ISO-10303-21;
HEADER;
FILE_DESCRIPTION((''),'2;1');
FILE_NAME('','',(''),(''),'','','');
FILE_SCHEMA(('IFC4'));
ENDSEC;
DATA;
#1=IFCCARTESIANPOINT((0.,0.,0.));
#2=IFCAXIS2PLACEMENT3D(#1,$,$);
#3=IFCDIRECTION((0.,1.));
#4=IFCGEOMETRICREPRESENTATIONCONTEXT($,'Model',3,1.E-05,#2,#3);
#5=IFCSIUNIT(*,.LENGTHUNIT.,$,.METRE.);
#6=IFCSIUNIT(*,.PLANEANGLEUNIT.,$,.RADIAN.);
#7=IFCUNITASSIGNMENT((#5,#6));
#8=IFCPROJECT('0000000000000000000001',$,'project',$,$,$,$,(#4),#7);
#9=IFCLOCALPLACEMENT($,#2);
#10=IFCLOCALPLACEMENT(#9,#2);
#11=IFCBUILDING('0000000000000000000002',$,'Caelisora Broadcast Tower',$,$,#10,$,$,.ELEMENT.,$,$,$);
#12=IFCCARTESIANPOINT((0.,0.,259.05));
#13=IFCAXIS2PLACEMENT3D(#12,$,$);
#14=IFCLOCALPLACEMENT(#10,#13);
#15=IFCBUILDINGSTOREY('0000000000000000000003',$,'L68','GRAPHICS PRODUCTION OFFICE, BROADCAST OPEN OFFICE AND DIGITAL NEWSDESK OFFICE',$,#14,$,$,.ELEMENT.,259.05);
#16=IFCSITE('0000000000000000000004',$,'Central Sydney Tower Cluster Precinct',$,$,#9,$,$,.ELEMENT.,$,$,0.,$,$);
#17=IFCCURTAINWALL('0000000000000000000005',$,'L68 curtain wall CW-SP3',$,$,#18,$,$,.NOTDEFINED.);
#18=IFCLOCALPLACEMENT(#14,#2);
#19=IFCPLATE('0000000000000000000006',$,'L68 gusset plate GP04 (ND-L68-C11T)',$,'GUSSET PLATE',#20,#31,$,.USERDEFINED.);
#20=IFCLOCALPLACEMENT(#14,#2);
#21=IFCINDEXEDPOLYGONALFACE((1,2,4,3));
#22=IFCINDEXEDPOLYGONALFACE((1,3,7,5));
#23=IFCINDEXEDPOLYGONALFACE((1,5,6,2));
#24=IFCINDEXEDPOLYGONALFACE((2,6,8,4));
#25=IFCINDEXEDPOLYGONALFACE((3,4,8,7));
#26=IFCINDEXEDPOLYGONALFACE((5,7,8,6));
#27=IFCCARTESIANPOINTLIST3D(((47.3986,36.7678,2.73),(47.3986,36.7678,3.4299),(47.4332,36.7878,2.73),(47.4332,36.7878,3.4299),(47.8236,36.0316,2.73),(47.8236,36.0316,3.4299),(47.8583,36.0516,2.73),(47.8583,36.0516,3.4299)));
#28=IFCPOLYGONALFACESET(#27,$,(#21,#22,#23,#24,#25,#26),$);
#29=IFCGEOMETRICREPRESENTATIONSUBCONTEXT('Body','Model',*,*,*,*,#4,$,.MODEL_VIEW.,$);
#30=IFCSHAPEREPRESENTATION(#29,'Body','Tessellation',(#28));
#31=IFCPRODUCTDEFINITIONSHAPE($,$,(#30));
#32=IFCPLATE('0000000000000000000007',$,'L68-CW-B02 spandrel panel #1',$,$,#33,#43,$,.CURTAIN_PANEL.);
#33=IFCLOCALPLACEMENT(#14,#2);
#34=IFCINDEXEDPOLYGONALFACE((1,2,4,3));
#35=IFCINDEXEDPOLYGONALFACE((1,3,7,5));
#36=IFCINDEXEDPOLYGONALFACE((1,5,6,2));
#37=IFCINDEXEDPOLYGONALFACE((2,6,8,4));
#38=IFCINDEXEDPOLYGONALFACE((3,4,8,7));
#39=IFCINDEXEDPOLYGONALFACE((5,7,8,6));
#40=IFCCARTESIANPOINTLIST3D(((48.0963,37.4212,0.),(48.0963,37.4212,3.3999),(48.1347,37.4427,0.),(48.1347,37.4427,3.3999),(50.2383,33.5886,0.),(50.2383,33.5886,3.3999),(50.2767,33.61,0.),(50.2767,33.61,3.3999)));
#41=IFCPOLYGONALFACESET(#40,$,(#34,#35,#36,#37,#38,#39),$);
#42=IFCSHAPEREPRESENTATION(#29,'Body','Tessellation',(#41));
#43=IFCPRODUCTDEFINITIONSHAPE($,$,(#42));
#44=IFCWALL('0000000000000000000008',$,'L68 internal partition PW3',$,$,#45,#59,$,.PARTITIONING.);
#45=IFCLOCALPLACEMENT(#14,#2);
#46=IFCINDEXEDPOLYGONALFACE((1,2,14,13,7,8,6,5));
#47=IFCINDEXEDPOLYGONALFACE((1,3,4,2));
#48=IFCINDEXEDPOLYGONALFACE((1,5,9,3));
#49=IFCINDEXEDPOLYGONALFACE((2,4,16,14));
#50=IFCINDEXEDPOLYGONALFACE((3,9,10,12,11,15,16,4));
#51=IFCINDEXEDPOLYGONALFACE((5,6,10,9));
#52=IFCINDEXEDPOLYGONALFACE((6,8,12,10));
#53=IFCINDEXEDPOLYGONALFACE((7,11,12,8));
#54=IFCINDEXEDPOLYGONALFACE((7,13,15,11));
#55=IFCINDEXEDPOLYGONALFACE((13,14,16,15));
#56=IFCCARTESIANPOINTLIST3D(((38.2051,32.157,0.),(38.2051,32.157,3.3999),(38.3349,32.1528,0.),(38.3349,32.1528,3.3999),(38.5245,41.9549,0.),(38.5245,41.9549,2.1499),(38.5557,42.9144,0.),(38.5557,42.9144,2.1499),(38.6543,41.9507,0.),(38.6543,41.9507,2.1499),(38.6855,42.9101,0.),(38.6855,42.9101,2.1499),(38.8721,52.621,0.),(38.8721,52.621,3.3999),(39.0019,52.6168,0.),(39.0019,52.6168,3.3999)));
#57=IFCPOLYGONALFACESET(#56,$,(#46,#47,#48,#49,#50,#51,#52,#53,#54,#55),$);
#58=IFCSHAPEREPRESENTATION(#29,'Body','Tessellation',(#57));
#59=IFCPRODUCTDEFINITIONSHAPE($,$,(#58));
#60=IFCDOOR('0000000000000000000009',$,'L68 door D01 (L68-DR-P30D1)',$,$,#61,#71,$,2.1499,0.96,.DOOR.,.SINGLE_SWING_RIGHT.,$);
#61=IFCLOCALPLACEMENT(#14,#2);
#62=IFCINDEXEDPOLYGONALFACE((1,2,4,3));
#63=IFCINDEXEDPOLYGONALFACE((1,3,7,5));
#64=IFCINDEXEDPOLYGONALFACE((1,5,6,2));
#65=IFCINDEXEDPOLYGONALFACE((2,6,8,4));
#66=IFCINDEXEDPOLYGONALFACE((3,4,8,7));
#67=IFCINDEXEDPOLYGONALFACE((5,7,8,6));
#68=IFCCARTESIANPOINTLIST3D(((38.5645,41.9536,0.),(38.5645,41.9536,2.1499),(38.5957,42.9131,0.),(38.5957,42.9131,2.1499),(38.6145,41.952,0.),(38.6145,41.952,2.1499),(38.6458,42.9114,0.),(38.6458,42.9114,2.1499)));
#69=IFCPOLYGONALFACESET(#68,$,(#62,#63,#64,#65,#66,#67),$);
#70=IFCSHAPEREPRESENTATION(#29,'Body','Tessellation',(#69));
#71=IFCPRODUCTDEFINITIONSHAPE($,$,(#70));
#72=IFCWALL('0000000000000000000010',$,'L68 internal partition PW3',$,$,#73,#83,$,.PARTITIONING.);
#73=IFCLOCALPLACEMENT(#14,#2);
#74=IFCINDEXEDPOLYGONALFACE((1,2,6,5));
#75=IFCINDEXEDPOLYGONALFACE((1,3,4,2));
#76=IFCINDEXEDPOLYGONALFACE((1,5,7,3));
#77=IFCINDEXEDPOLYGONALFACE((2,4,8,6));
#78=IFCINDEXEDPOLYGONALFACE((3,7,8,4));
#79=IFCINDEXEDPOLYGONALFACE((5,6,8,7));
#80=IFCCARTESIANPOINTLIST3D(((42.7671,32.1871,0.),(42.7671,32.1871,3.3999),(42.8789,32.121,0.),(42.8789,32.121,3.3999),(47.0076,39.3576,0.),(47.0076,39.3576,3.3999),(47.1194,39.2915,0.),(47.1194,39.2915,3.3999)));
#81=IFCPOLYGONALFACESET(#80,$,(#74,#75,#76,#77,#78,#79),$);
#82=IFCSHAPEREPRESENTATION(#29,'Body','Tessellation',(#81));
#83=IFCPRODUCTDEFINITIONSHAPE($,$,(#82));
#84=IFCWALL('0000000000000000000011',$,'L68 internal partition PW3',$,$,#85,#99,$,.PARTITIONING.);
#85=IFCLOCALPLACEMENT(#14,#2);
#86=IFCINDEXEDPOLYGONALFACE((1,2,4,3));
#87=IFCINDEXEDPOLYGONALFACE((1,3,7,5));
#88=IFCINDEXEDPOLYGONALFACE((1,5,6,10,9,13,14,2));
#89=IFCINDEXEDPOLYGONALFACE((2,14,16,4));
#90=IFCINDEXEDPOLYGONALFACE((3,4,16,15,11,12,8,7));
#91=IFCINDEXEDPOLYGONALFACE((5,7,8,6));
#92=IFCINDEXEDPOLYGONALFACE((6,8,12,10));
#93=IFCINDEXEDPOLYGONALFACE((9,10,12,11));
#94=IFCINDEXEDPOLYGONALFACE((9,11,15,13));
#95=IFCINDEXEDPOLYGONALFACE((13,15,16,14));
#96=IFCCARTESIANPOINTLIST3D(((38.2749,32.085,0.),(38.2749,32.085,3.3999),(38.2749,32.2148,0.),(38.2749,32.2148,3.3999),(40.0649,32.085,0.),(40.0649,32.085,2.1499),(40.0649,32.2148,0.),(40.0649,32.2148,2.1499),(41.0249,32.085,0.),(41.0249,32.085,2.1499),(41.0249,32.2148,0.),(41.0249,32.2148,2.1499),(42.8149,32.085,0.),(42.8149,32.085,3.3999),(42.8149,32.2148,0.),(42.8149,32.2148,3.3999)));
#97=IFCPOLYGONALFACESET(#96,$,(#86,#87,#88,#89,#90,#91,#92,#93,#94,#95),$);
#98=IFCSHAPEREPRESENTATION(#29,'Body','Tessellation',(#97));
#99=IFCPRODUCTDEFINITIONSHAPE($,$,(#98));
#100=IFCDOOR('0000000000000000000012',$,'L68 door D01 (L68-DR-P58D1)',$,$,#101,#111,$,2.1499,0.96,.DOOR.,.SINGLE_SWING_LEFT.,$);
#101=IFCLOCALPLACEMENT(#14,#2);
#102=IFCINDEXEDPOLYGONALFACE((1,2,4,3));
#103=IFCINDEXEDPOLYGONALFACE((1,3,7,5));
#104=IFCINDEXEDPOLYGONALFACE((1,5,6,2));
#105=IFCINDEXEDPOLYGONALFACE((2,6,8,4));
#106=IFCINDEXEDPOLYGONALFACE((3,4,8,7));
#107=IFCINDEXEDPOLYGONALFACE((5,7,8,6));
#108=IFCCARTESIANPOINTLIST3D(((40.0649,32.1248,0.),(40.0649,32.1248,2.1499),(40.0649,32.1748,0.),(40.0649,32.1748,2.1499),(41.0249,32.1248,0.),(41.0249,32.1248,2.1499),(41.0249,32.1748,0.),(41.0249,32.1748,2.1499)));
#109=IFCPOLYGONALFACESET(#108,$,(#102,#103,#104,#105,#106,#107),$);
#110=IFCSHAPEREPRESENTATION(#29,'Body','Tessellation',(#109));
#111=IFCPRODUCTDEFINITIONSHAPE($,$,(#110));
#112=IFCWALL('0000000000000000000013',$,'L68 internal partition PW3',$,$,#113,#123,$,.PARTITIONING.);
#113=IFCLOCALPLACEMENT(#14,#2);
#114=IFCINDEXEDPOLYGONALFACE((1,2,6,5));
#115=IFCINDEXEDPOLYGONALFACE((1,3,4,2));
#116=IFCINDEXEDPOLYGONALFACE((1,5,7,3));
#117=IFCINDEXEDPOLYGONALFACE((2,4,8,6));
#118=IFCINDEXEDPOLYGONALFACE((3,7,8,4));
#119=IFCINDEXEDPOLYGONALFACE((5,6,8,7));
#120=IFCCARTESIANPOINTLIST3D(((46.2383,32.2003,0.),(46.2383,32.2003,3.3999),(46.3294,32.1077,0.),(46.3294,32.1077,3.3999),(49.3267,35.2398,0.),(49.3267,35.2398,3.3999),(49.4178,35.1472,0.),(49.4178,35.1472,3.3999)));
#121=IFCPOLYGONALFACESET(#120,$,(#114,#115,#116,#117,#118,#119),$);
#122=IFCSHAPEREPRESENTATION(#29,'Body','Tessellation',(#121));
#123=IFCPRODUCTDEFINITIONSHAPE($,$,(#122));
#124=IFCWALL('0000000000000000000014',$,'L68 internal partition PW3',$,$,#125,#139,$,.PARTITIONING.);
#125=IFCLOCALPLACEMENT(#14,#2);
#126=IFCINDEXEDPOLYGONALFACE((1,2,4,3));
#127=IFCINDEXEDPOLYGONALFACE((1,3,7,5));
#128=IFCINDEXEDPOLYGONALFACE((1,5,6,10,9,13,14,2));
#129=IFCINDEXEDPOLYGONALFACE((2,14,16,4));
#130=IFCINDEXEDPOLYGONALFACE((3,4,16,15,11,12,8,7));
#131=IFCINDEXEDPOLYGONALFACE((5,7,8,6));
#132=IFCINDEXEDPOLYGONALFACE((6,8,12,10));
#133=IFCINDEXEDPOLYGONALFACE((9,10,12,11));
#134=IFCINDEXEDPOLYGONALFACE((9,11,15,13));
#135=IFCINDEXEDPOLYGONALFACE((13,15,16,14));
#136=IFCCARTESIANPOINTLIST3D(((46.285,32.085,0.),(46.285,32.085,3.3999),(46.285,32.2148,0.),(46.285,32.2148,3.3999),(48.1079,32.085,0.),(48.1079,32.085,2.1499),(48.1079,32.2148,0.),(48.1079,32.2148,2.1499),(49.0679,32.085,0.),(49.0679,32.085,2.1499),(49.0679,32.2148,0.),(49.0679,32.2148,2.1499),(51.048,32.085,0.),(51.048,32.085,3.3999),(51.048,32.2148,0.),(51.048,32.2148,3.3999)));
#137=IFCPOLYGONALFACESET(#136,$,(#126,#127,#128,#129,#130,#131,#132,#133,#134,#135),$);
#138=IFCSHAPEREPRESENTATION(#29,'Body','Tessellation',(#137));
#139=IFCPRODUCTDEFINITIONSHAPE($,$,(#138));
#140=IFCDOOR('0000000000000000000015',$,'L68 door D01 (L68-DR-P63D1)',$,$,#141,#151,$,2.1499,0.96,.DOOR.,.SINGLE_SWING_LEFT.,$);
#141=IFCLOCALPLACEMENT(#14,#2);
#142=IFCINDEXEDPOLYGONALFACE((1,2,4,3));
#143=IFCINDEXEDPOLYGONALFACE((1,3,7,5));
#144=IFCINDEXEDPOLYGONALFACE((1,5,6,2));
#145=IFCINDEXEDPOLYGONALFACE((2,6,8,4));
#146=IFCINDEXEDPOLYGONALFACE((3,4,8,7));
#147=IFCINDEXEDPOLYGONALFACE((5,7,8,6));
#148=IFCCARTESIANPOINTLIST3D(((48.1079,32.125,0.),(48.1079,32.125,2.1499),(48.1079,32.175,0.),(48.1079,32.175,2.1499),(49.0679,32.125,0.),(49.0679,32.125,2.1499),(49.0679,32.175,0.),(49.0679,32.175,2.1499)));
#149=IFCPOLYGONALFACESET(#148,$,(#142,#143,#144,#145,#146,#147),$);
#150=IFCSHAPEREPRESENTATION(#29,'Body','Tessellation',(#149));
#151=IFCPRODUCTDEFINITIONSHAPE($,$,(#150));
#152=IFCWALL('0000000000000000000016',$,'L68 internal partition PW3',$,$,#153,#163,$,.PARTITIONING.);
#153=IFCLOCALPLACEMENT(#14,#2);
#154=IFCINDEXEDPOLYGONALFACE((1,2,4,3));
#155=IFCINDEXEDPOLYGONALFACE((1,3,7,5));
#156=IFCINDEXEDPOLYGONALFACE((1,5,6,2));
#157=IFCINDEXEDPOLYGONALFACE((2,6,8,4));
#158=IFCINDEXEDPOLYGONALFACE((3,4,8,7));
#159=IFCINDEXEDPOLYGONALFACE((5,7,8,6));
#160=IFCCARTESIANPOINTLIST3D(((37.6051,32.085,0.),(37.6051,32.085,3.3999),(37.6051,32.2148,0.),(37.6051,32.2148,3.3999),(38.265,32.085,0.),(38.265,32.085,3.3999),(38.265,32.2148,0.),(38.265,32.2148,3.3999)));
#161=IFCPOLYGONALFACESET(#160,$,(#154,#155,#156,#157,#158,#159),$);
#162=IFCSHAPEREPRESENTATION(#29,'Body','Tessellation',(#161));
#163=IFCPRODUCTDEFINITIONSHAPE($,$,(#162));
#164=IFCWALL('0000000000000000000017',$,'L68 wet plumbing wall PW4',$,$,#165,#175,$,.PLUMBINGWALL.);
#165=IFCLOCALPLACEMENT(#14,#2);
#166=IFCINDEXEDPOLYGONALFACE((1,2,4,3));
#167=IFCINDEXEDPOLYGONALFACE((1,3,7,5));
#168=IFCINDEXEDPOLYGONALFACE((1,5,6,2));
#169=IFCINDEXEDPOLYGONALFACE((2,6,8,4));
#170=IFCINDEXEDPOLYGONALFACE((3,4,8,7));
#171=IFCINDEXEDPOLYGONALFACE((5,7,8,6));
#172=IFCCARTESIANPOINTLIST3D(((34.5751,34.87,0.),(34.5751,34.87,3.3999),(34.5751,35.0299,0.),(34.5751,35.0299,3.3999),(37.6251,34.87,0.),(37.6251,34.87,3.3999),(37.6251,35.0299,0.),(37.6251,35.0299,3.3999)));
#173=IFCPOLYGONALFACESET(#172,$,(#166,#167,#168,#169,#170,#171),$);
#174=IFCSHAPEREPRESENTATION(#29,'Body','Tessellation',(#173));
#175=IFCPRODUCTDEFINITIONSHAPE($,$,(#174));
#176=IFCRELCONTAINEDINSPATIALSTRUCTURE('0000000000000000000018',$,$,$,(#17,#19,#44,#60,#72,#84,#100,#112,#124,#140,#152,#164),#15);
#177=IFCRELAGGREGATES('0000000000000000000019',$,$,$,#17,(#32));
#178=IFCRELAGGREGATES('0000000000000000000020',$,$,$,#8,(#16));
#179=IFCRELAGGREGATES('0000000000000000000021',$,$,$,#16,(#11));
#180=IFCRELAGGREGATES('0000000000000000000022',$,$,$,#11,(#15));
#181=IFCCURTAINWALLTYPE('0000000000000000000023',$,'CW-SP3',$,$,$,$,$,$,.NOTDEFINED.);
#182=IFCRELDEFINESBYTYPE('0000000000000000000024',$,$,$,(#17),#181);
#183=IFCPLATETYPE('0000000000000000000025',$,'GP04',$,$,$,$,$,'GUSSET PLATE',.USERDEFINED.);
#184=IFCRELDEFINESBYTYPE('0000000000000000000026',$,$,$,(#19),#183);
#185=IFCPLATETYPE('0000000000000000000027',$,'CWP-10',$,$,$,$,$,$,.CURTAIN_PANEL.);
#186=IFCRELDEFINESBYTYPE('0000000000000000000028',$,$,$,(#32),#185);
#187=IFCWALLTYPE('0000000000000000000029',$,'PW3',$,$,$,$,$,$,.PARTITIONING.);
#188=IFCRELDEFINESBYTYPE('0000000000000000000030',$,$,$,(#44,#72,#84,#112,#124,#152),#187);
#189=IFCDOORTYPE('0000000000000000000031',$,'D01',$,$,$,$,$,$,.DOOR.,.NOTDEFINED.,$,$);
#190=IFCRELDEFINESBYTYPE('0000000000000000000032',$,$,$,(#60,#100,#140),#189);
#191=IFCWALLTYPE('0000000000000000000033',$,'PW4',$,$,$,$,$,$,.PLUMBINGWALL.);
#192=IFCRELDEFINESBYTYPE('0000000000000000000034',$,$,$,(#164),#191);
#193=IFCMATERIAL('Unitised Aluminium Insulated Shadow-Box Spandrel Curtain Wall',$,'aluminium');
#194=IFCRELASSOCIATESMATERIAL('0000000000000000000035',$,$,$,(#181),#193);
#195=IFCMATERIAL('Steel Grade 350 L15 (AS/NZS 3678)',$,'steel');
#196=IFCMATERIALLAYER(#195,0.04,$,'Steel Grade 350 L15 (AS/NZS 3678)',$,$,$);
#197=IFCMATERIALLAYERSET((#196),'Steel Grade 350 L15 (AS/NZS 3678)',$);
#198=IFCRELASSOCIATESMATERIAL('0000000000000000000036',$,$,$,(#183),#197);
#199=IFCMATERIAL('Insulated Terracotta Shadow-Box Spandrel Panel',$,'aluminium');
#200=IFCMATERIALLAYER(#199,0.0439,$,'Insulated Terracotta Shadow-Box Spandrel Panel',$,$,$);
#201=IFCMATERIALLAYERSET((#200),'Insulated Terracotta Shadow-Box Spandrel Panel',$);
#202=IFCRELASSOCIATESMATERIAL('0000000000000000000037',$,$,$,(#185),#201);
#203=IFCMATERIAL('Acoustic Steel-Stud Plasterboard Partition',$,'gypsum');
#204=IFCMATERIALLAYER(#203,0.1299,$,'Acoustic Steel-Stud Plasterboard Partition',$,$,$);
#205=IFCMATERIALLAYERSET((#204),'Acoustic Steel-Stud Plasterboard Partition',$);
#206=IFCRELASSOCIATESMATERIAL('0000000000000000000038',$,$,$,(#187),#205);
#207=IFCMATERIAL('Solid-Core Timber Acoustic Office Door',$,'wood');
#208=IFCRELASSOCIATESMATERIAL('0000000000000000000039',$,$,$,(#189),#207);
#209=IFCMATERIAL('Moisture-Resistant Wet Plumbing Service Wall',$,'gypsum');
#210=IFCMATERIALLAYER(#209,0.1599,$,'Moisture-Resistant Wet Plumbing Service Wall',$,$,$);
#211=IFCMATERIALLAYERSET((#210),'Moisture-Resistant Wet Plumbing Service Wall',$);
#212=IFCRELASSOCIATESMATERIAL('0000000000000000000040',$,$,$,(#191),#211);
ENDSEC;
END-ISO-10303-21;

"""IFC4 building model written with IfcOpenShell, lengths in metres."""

from ifc_helpers import new_model, si_unit, direction, frame, frame_2d, origin, origin_2d, place, context, subcontext, project, spatial, rectangle, extrude, source, transform, mapped, material, layer, layer_set, type_object, type_shapes, element, fill, aggregate, save


model = new_model("IFC4")

# Units and contexts
model_context = context("Model", 3, precision=1e-05, world=origin(), true_north=direction((0.0, 1.0)))
body_context = subcontext(model_context, "Body", "Model", "MODEL_VIEW")
ifc_project = project(units=[si_unit("LENGTHUNIT", "METRE"), si_unit("PLANEANGLEUNIT", "RADIAN")], contexts=[model_context])

# Site, building, storey
site_placement = place(None, origin())
site = spatial("IfcSite", under=ifc_project, at=site_placement, Name="Central Sydney Tower Cluster Precinct", CompositionType="ELEMENT", RefElevation=0.0)
building_placement = place(site_placement, origin())
building = spatial("IfcBuilding", under=site, at=building_placement, Name="Caelisora Broadcast Tower", CompositionType="ELEMENT")
storey_placement = place(building_placement, frame((0.0, 0.0, 259.05)))
storey = spatial("IfcBuildingStorey", under=building, at=storey_placement, Name="L68", Description="GRAPHICS PRODUCTION OFFICE, BROADCAST OPEN OFFICE AND DIGITAL NEWSDESK OFFICE", CompositionType="ELEMENT", Elevation=259.05)

# Shared definitions
ifc_material_1 = material(Name="Steel Grade 350 L15 (AS/NZS 3678)", Category="steel")

# Curtain wall
ifc_material_2 = material(Name="Unitised Aluminium Insulated Shadow-Box Spandrel Curtain Wall", Category="aluminium")
curtain_wall_type = type_object("IfcCurtainWallType", Name="CW-SP3", PredefinedType="NOTDEFINED", material=ifc_material_2)
curtain_wall_placement = place(storey_placement, origin())
curtain_wall = element("IfcCurtainWall", 1, at=curtain_wall_placement, inside=storey, type_object=curtain_wall_type, Name="L68 curtain wall CW-SP3", PredefinedType="NOTDEFINED")

# Plates
ifc_layer_1 = layer(ifc_material_1, 0.04, Name="Steel Grade 350 L15 (AS/NZS 3678)")
ifc_layer_set_1 = layer_set([ifc_layer_1], Name="Steel Grade 350 L15 (AS/NZS 3678)")
plate_type_1 = type_object("IfcPlateType", Name="GP04", ElementType="GUSSET PLATE", PredefinedType="USERDEFINED", material=ifc_layer_set_1)
shared_shape_1 = source(origin(), body_context, "Body", "SweptSolid", [
    extrude(rectangle(XDim=0.8501, YDim=0.04, at=origin_2d()), origin(), (0.0, 0.0, 1.0), 0.7),
])
type_shapes(plate_type_1, [shared_shape_1])
plate_1_placement = place(storey_placement, frame((47.6284, 36.4097, 2.73), z_axis=(0.0, 0.0, 1.0), x_axis=(-0.5, 0.866025, 0.0)))
element("IfcPlate", 2, at=plate_1_placement, inside=storey, type_object=plate_type_1, Name="L68 gusset plate GP04 (ND-L68-C11T)", ObjectType="GUSSET PLATE", PredefinedType="USERDEFINED", context=body_context, shape_type="MappedRepresentation", body=[
    mapped(shared_shape_1, transform((0.0, 0.0, 0.0), scale=1.0)),
])
ifc_material_3 = material(Name="Insulated Terracotta Shadow-Box Spandrel Panel", Category="aluminium")
ifc_layer_2 = layer(ifc_material_3, 0.0439, Name="Insulated Terracotta Shadow-Box Spandrel Panel")
ifc_layer_set_2 = layer_set([ifc_layer_2], Name="Insulated Terracotta Shadow-Box Spandrel Panel")
plate_type_2 = type_object("IfcPlateType", Name="CWP-10", PredefinedType="CURTAIN_PANEL", material=ifc_layer_set_2)
shared_shape_2 = source(origin(), body_context, "Body", "SweptSolid", [
    extrude(rectangle(XDim=4.3906, YDim=0.0439, at=origin_2d()), origin(), (0.0, 0.0, 1.0), 3.3999),
])
type_shapes(plate_type_2, [shared_shape_2])
plate_2_placement = place(storey_placement, frame((49.1865, 35.5156, 0.0), z_axis=(0.0, 0.0, 1.0), x_axis=(0.48786, -0.872922, 0.0)))
plate_2 = element("IfcPlate", 3, at=plate_2_placement, type_object=plate_type_2, Name="L68-CW-B02 spandrel panel #1", PredefinedType="CURTAIN_PANEL", context=body_context, shape_type="MappedRepresentation", body=[
    mapped(shared_shape_2, transform((0.0, 0.0, 0.0), scale=1.0)),
])
aggregate(curtain_wall, [plate_2])

# Wall, opening, door
ifc_material_4 = material(Name="Acoustic Steel-Stud Plasterboard Partition", Category="gypsum")
ifc_layer_3 = layer(ifc_material_4, 0.1299, Name="Acoustic Steel-Stud Plasterboard Partition")
ifc_layer_set_3 = layer_set([ifc_layer_3], Name="Acoustic Steel-Stud Plasterboard Partition")
wall_type_1 = type_object("IfcWallType", Name="PW3", PredefinedType="PARTITIONING", material=ifc_layer_set_3)
wall_1_placement = place(storey_placement, frame((38.27, 32.155, 0.0), z_axis=(0.0, 0.0, 1.0), x_axis=(0.032576, 0.999469, 0.0)))
wall_1 = element("IfcWall", 4, at=wall_1_placement, inside=storey, type_object=wall_type_1, Name="L68 internal partition PW3", PredefinedType="PARTITIONING", context=body_context, shape_type="SweptSolid", body=[
    extrude(rectangle(XDim=20.4749, YDim=0.1299, at=frame_2d((10.2373, 0.0))), origin(), (0.0, 0.0, 1.0), 3.3999),
])
opening_1_placement = place(wall_1_placement, frame((9.803, 0.0, 0.0)))
opening_1 = element("IfcOpeningElement", 5, at=opening_1_placement, cuts=wall_1, PredefinedType="OPENING", context=body_context, shape_type="SweptSolid", body=[
    extrude(rectangle(XDim=0.96, YDim=2.1499, at=frame_2d((0.48, 1.075))), frame((0.0, 0.0769, 0.0), z_axis=(0.0, -1.0, 0.0), x_axis=(1.0, 0.0, 0.0)), (0.0, 0.0, 1.0), 0.1538),
])
ifc_material_5 = material(Name="Solid-Core Timber Acoustic Office Door", Category="wood")
door_type = type_object("IfcDoorType", Name="D01", OperationType="NOTDEFINED", PredefinedType="DOOR", material=ifc_material_5)
door_1_placement = place(opening_1_placement, origin())
door_1 = element("IfcDoor", 6, at=door_1_placement, inside=storey, type_object=door_type, Name="L68 door D01 (L68-DR-P30D1)", OperationType="SINGLE_SWING_RIGHT", OverallHeight=2.1499, OverallWidth=0.96, PredefinedType="DOOR", context=body_context, shape_type="SweptSolid", body=[
    extrude(rectangle(XDim=0.96, YDim=2.1499, at=frame_2d((0.48, 1.075))), frame((0.0, 0.0249, 0.0), z_axis=(0.0, -1.0, 0.0), x_axis=(1.0, 0.0, 0.0)), (0.0, 0.0, 1.0), 0.05),
])
fill(opening_1, door_1)

# Wall
wall_2_placement = place(storey_placement, frame((42.823, 32.1541, 0.0), z_axis=(0.0, 0.0, 1.0), x_axis=(0.509033, 0.860747, 0.0)))
element("IfcWall", 7, at=wall_2_placement, inside=storey, type_object=wall_type_1, Name="L68 internal partition PW3", PredefinedType="PARTITIONING", context=body_context, shape_type="SweptSolid", body=[
    extrude(rectangle(XDim=8.3306, YDim=0.1299, at=frame_2d((4.1653, 0.0))), origin(), (0.0, 0.0, 1.0), 3.3999),
])

# Wall, opening, door
wall_3_placement = place(storey_placement, frame((38.2749, 32.1499, 0.0), z_axis=(0.0, 0.0, 1.0), x_axis=(1.0, 0.0, 0.0)))
wall_3 = element("IfcWall", 8, at=wall_3_placement, inside=storey, type_object=wall_type_1, Name="L68 internal partition PW3", PredefinedType="PARTITIONING", context=body_context, shape_type="SweptSolid", body=[
    extrude(rectangle(XDim=4.54, YDim=0.1299, at=frame_2d((2.27, 0.0))), origin(), (0.0, 0.0, 1.0), 3.3999),
])
opening_2_placement = place(wall_3_placement, frame((1.79, 0.0, 0.0)))
opening_2 = element("IfcOpeningElement", 9, at=opening_2_placement, cuts=wall_3, PredefinedType="OPENING", context=body_context, shape_type="SweptSolid", body=[
    extrude(rectangle(XDim=0.96, YDim=2.1499, at=frame_2d((0.48, 1.075))), frame((0.0, 0.0769, 0.0), z_axis=(0.0, -1.0, 0.0), x_axis=(1.0, 0.0, 0.0)), (0.0, 0.0, 1.0), 0.1538),
])
door_2_placement = place(opening_2_placement, origin())
door_2 = element("IfcDoor", 10, at=door_2_placement, inside=storey, type_object=door_type, Name="L68 door D01 (L68-DR-P58D1)", OperationType="SINGLE_SWING_LEFT", OverallHeight=2.1499, OverallWidth=0.96, PredefinedType="DOOR", context=body_context, shape_type="SweptSolid", body=[
    extrude(rectangle(XDim=0.96, YDim=2.1499, at=frame_2d((0.48, 1.075))), frame((0.0, 0.0249, 0.0), z_axis=(0.0, -1.0, 0.0), x_axis=(1.0, 0.0, 0.0)), (0.0, 0.0, 1.0), 0.05),
])
fill(opening_2, door_2)

# Wall
wall_4_placement = place(storey_placement, frame((46.2839, 32.1541, 0.0), z_axis=(0.0, 0.0, 1.0), x_axis=(0.712718, 0.70145, 0.0)))
element("IfcWall", 11, at=wall_4_placement, inside=storey, type_object=wall_type_1, Name="L68 internal partition PW3", PredefinedType="PARTITIONING", context=body_context, shape_type="SweptSolid", body=[
    extrude(rectangle(XDim=4.3333, YDim=0.1299, at=frame_2d((2.1665, 0.0))), origin(), (0.0, 0.0, 1.0), 3.3999),
])

# Wall, opening, door
wall_5_placement = place(storey_placement, frame((51.0479, 32.1499, 0.0), z_axis=(0.0, 0.0, 1.0), x_axis=(-1.0, 0.0, 0.0)))
wall_5 = element("IfcWall", 12, at=wall_5_placement, inside=storey, type_object=wall_type_1, Name="L68 internal partition PW3", PredefinedType="PARTITIONING", context=body_context, shape_type="SweptSolid", body=[
    extrude(rectangle(XDim=4.7629, YDim=0.1299, at=frame_2d((2.3813, 0.0))), origin(), (0.0, 0.0, 1.0), 3.3999),
])
opening_3_placement = place(wall_5_placement, frame((1.98, 0.0, 0.0)))
opening_3 = element("IfcOpeningElement", 13, at=opening_3_placement, cuts=wall_5, PredefinedType="OPENING", context=body_context, shape_type="SweptSolid", body=[
    extrude(rectangle(XDim=0.96, YDim=2.1499, at=frame_2d((0.48, 1.075))), frame((0.0, 0.0769, 0.0), z_axis=(0.0, -1.0, 0.0), x_axis=(1.0, 0.0, 0.0)), (0.0, 0.0, 1.0), 0.1538),
])
door_3_placement = place(opening_3_placement, origin())
door_3 = element("IfcDoor", 14, at=door_3_placement, inside=storey, type_object=door_type, Name="L68 door D01 (L68-DR-P63D1)", OperationType="SINGLE_SWING_LEFT", OverallHeight=2.1499, OverallWidth=0.96, PredefinedType="DOOR", context=body_context, shape_type="SweptSolid", body=[
    extrude(rectangle(XDim=0.96, YDim=2.1499, at=frame_2d((0.48, 1.075))), frame((0.0, 0.0249, 0.0), z_axis=(0.0, -1.0, 0.0), x_axis=(1.0, 0.0, 0.0)), (0.0, 0.0, 1.0), 0.05),
])
fill(opening_3, door_3)

# Walls
wall_6_placement = place(storey_placement, frame((37.605, 32.1499, 0.0), z_axis=(0.0, 0.0, 1.0), x_axis=(1.0, 0.0, 0.0)))
element("IfcWall", 15, at=wall_6_placement, inside=storey, type_object=wall_type_1, Name="L68 internal partition PW3", PredefinedType="PARTITIONING", context=body_context, shape_type="SweptSolid", body=[
    extrude(rectangle(XDim=0.6599, YDim=0.1299, at=frame_2d((0.3301, 0.0))), origin(), (0.0, 0.0, 1.0), 3.3999),
])
ifc_material_6 = material(Name="Moisture-Resistant Wet Plumbing Service Wall", Category="gypsum")
ifc_layer_4 = layer(ifc_material_6, 0.1599, Name="Moisture-Resistant Wet Plumbing Service Wall")
ifc_layer_set_4 = layer_set([ifc_layer_4], Name="Moisture-Resistant Wet Plumbing Service Wall")
wall_type_2 = type_object("IfcWallType", Name="PW4", PredefinedType="PLUMBINGWALL", material=ifc_layer_set_4)
wall_7_placement = place(storey_placement, frame((37.625, 34.95, 0.0), z_axis=(0.0, 0.0, 1.0), x_axis=(-1.0, 0.0, 0.0)))
element("IfcWall", 16, at=wall_7_placement, inside=storey, type_object=wall_type_2, Name="L68 wet plumbing wall PW4", PredefinedType="PLUMBINGWALL", context=body_context, shape_type="SweptSolid", body=[
    extrude(rectangle(XDim=3.05, YDim=0.1599, at=frame_2d((1.5249, 0.0))), origin(), (0.0, 0.0, 1.0), 3.3999),
])

save(model, "model.ifc")
